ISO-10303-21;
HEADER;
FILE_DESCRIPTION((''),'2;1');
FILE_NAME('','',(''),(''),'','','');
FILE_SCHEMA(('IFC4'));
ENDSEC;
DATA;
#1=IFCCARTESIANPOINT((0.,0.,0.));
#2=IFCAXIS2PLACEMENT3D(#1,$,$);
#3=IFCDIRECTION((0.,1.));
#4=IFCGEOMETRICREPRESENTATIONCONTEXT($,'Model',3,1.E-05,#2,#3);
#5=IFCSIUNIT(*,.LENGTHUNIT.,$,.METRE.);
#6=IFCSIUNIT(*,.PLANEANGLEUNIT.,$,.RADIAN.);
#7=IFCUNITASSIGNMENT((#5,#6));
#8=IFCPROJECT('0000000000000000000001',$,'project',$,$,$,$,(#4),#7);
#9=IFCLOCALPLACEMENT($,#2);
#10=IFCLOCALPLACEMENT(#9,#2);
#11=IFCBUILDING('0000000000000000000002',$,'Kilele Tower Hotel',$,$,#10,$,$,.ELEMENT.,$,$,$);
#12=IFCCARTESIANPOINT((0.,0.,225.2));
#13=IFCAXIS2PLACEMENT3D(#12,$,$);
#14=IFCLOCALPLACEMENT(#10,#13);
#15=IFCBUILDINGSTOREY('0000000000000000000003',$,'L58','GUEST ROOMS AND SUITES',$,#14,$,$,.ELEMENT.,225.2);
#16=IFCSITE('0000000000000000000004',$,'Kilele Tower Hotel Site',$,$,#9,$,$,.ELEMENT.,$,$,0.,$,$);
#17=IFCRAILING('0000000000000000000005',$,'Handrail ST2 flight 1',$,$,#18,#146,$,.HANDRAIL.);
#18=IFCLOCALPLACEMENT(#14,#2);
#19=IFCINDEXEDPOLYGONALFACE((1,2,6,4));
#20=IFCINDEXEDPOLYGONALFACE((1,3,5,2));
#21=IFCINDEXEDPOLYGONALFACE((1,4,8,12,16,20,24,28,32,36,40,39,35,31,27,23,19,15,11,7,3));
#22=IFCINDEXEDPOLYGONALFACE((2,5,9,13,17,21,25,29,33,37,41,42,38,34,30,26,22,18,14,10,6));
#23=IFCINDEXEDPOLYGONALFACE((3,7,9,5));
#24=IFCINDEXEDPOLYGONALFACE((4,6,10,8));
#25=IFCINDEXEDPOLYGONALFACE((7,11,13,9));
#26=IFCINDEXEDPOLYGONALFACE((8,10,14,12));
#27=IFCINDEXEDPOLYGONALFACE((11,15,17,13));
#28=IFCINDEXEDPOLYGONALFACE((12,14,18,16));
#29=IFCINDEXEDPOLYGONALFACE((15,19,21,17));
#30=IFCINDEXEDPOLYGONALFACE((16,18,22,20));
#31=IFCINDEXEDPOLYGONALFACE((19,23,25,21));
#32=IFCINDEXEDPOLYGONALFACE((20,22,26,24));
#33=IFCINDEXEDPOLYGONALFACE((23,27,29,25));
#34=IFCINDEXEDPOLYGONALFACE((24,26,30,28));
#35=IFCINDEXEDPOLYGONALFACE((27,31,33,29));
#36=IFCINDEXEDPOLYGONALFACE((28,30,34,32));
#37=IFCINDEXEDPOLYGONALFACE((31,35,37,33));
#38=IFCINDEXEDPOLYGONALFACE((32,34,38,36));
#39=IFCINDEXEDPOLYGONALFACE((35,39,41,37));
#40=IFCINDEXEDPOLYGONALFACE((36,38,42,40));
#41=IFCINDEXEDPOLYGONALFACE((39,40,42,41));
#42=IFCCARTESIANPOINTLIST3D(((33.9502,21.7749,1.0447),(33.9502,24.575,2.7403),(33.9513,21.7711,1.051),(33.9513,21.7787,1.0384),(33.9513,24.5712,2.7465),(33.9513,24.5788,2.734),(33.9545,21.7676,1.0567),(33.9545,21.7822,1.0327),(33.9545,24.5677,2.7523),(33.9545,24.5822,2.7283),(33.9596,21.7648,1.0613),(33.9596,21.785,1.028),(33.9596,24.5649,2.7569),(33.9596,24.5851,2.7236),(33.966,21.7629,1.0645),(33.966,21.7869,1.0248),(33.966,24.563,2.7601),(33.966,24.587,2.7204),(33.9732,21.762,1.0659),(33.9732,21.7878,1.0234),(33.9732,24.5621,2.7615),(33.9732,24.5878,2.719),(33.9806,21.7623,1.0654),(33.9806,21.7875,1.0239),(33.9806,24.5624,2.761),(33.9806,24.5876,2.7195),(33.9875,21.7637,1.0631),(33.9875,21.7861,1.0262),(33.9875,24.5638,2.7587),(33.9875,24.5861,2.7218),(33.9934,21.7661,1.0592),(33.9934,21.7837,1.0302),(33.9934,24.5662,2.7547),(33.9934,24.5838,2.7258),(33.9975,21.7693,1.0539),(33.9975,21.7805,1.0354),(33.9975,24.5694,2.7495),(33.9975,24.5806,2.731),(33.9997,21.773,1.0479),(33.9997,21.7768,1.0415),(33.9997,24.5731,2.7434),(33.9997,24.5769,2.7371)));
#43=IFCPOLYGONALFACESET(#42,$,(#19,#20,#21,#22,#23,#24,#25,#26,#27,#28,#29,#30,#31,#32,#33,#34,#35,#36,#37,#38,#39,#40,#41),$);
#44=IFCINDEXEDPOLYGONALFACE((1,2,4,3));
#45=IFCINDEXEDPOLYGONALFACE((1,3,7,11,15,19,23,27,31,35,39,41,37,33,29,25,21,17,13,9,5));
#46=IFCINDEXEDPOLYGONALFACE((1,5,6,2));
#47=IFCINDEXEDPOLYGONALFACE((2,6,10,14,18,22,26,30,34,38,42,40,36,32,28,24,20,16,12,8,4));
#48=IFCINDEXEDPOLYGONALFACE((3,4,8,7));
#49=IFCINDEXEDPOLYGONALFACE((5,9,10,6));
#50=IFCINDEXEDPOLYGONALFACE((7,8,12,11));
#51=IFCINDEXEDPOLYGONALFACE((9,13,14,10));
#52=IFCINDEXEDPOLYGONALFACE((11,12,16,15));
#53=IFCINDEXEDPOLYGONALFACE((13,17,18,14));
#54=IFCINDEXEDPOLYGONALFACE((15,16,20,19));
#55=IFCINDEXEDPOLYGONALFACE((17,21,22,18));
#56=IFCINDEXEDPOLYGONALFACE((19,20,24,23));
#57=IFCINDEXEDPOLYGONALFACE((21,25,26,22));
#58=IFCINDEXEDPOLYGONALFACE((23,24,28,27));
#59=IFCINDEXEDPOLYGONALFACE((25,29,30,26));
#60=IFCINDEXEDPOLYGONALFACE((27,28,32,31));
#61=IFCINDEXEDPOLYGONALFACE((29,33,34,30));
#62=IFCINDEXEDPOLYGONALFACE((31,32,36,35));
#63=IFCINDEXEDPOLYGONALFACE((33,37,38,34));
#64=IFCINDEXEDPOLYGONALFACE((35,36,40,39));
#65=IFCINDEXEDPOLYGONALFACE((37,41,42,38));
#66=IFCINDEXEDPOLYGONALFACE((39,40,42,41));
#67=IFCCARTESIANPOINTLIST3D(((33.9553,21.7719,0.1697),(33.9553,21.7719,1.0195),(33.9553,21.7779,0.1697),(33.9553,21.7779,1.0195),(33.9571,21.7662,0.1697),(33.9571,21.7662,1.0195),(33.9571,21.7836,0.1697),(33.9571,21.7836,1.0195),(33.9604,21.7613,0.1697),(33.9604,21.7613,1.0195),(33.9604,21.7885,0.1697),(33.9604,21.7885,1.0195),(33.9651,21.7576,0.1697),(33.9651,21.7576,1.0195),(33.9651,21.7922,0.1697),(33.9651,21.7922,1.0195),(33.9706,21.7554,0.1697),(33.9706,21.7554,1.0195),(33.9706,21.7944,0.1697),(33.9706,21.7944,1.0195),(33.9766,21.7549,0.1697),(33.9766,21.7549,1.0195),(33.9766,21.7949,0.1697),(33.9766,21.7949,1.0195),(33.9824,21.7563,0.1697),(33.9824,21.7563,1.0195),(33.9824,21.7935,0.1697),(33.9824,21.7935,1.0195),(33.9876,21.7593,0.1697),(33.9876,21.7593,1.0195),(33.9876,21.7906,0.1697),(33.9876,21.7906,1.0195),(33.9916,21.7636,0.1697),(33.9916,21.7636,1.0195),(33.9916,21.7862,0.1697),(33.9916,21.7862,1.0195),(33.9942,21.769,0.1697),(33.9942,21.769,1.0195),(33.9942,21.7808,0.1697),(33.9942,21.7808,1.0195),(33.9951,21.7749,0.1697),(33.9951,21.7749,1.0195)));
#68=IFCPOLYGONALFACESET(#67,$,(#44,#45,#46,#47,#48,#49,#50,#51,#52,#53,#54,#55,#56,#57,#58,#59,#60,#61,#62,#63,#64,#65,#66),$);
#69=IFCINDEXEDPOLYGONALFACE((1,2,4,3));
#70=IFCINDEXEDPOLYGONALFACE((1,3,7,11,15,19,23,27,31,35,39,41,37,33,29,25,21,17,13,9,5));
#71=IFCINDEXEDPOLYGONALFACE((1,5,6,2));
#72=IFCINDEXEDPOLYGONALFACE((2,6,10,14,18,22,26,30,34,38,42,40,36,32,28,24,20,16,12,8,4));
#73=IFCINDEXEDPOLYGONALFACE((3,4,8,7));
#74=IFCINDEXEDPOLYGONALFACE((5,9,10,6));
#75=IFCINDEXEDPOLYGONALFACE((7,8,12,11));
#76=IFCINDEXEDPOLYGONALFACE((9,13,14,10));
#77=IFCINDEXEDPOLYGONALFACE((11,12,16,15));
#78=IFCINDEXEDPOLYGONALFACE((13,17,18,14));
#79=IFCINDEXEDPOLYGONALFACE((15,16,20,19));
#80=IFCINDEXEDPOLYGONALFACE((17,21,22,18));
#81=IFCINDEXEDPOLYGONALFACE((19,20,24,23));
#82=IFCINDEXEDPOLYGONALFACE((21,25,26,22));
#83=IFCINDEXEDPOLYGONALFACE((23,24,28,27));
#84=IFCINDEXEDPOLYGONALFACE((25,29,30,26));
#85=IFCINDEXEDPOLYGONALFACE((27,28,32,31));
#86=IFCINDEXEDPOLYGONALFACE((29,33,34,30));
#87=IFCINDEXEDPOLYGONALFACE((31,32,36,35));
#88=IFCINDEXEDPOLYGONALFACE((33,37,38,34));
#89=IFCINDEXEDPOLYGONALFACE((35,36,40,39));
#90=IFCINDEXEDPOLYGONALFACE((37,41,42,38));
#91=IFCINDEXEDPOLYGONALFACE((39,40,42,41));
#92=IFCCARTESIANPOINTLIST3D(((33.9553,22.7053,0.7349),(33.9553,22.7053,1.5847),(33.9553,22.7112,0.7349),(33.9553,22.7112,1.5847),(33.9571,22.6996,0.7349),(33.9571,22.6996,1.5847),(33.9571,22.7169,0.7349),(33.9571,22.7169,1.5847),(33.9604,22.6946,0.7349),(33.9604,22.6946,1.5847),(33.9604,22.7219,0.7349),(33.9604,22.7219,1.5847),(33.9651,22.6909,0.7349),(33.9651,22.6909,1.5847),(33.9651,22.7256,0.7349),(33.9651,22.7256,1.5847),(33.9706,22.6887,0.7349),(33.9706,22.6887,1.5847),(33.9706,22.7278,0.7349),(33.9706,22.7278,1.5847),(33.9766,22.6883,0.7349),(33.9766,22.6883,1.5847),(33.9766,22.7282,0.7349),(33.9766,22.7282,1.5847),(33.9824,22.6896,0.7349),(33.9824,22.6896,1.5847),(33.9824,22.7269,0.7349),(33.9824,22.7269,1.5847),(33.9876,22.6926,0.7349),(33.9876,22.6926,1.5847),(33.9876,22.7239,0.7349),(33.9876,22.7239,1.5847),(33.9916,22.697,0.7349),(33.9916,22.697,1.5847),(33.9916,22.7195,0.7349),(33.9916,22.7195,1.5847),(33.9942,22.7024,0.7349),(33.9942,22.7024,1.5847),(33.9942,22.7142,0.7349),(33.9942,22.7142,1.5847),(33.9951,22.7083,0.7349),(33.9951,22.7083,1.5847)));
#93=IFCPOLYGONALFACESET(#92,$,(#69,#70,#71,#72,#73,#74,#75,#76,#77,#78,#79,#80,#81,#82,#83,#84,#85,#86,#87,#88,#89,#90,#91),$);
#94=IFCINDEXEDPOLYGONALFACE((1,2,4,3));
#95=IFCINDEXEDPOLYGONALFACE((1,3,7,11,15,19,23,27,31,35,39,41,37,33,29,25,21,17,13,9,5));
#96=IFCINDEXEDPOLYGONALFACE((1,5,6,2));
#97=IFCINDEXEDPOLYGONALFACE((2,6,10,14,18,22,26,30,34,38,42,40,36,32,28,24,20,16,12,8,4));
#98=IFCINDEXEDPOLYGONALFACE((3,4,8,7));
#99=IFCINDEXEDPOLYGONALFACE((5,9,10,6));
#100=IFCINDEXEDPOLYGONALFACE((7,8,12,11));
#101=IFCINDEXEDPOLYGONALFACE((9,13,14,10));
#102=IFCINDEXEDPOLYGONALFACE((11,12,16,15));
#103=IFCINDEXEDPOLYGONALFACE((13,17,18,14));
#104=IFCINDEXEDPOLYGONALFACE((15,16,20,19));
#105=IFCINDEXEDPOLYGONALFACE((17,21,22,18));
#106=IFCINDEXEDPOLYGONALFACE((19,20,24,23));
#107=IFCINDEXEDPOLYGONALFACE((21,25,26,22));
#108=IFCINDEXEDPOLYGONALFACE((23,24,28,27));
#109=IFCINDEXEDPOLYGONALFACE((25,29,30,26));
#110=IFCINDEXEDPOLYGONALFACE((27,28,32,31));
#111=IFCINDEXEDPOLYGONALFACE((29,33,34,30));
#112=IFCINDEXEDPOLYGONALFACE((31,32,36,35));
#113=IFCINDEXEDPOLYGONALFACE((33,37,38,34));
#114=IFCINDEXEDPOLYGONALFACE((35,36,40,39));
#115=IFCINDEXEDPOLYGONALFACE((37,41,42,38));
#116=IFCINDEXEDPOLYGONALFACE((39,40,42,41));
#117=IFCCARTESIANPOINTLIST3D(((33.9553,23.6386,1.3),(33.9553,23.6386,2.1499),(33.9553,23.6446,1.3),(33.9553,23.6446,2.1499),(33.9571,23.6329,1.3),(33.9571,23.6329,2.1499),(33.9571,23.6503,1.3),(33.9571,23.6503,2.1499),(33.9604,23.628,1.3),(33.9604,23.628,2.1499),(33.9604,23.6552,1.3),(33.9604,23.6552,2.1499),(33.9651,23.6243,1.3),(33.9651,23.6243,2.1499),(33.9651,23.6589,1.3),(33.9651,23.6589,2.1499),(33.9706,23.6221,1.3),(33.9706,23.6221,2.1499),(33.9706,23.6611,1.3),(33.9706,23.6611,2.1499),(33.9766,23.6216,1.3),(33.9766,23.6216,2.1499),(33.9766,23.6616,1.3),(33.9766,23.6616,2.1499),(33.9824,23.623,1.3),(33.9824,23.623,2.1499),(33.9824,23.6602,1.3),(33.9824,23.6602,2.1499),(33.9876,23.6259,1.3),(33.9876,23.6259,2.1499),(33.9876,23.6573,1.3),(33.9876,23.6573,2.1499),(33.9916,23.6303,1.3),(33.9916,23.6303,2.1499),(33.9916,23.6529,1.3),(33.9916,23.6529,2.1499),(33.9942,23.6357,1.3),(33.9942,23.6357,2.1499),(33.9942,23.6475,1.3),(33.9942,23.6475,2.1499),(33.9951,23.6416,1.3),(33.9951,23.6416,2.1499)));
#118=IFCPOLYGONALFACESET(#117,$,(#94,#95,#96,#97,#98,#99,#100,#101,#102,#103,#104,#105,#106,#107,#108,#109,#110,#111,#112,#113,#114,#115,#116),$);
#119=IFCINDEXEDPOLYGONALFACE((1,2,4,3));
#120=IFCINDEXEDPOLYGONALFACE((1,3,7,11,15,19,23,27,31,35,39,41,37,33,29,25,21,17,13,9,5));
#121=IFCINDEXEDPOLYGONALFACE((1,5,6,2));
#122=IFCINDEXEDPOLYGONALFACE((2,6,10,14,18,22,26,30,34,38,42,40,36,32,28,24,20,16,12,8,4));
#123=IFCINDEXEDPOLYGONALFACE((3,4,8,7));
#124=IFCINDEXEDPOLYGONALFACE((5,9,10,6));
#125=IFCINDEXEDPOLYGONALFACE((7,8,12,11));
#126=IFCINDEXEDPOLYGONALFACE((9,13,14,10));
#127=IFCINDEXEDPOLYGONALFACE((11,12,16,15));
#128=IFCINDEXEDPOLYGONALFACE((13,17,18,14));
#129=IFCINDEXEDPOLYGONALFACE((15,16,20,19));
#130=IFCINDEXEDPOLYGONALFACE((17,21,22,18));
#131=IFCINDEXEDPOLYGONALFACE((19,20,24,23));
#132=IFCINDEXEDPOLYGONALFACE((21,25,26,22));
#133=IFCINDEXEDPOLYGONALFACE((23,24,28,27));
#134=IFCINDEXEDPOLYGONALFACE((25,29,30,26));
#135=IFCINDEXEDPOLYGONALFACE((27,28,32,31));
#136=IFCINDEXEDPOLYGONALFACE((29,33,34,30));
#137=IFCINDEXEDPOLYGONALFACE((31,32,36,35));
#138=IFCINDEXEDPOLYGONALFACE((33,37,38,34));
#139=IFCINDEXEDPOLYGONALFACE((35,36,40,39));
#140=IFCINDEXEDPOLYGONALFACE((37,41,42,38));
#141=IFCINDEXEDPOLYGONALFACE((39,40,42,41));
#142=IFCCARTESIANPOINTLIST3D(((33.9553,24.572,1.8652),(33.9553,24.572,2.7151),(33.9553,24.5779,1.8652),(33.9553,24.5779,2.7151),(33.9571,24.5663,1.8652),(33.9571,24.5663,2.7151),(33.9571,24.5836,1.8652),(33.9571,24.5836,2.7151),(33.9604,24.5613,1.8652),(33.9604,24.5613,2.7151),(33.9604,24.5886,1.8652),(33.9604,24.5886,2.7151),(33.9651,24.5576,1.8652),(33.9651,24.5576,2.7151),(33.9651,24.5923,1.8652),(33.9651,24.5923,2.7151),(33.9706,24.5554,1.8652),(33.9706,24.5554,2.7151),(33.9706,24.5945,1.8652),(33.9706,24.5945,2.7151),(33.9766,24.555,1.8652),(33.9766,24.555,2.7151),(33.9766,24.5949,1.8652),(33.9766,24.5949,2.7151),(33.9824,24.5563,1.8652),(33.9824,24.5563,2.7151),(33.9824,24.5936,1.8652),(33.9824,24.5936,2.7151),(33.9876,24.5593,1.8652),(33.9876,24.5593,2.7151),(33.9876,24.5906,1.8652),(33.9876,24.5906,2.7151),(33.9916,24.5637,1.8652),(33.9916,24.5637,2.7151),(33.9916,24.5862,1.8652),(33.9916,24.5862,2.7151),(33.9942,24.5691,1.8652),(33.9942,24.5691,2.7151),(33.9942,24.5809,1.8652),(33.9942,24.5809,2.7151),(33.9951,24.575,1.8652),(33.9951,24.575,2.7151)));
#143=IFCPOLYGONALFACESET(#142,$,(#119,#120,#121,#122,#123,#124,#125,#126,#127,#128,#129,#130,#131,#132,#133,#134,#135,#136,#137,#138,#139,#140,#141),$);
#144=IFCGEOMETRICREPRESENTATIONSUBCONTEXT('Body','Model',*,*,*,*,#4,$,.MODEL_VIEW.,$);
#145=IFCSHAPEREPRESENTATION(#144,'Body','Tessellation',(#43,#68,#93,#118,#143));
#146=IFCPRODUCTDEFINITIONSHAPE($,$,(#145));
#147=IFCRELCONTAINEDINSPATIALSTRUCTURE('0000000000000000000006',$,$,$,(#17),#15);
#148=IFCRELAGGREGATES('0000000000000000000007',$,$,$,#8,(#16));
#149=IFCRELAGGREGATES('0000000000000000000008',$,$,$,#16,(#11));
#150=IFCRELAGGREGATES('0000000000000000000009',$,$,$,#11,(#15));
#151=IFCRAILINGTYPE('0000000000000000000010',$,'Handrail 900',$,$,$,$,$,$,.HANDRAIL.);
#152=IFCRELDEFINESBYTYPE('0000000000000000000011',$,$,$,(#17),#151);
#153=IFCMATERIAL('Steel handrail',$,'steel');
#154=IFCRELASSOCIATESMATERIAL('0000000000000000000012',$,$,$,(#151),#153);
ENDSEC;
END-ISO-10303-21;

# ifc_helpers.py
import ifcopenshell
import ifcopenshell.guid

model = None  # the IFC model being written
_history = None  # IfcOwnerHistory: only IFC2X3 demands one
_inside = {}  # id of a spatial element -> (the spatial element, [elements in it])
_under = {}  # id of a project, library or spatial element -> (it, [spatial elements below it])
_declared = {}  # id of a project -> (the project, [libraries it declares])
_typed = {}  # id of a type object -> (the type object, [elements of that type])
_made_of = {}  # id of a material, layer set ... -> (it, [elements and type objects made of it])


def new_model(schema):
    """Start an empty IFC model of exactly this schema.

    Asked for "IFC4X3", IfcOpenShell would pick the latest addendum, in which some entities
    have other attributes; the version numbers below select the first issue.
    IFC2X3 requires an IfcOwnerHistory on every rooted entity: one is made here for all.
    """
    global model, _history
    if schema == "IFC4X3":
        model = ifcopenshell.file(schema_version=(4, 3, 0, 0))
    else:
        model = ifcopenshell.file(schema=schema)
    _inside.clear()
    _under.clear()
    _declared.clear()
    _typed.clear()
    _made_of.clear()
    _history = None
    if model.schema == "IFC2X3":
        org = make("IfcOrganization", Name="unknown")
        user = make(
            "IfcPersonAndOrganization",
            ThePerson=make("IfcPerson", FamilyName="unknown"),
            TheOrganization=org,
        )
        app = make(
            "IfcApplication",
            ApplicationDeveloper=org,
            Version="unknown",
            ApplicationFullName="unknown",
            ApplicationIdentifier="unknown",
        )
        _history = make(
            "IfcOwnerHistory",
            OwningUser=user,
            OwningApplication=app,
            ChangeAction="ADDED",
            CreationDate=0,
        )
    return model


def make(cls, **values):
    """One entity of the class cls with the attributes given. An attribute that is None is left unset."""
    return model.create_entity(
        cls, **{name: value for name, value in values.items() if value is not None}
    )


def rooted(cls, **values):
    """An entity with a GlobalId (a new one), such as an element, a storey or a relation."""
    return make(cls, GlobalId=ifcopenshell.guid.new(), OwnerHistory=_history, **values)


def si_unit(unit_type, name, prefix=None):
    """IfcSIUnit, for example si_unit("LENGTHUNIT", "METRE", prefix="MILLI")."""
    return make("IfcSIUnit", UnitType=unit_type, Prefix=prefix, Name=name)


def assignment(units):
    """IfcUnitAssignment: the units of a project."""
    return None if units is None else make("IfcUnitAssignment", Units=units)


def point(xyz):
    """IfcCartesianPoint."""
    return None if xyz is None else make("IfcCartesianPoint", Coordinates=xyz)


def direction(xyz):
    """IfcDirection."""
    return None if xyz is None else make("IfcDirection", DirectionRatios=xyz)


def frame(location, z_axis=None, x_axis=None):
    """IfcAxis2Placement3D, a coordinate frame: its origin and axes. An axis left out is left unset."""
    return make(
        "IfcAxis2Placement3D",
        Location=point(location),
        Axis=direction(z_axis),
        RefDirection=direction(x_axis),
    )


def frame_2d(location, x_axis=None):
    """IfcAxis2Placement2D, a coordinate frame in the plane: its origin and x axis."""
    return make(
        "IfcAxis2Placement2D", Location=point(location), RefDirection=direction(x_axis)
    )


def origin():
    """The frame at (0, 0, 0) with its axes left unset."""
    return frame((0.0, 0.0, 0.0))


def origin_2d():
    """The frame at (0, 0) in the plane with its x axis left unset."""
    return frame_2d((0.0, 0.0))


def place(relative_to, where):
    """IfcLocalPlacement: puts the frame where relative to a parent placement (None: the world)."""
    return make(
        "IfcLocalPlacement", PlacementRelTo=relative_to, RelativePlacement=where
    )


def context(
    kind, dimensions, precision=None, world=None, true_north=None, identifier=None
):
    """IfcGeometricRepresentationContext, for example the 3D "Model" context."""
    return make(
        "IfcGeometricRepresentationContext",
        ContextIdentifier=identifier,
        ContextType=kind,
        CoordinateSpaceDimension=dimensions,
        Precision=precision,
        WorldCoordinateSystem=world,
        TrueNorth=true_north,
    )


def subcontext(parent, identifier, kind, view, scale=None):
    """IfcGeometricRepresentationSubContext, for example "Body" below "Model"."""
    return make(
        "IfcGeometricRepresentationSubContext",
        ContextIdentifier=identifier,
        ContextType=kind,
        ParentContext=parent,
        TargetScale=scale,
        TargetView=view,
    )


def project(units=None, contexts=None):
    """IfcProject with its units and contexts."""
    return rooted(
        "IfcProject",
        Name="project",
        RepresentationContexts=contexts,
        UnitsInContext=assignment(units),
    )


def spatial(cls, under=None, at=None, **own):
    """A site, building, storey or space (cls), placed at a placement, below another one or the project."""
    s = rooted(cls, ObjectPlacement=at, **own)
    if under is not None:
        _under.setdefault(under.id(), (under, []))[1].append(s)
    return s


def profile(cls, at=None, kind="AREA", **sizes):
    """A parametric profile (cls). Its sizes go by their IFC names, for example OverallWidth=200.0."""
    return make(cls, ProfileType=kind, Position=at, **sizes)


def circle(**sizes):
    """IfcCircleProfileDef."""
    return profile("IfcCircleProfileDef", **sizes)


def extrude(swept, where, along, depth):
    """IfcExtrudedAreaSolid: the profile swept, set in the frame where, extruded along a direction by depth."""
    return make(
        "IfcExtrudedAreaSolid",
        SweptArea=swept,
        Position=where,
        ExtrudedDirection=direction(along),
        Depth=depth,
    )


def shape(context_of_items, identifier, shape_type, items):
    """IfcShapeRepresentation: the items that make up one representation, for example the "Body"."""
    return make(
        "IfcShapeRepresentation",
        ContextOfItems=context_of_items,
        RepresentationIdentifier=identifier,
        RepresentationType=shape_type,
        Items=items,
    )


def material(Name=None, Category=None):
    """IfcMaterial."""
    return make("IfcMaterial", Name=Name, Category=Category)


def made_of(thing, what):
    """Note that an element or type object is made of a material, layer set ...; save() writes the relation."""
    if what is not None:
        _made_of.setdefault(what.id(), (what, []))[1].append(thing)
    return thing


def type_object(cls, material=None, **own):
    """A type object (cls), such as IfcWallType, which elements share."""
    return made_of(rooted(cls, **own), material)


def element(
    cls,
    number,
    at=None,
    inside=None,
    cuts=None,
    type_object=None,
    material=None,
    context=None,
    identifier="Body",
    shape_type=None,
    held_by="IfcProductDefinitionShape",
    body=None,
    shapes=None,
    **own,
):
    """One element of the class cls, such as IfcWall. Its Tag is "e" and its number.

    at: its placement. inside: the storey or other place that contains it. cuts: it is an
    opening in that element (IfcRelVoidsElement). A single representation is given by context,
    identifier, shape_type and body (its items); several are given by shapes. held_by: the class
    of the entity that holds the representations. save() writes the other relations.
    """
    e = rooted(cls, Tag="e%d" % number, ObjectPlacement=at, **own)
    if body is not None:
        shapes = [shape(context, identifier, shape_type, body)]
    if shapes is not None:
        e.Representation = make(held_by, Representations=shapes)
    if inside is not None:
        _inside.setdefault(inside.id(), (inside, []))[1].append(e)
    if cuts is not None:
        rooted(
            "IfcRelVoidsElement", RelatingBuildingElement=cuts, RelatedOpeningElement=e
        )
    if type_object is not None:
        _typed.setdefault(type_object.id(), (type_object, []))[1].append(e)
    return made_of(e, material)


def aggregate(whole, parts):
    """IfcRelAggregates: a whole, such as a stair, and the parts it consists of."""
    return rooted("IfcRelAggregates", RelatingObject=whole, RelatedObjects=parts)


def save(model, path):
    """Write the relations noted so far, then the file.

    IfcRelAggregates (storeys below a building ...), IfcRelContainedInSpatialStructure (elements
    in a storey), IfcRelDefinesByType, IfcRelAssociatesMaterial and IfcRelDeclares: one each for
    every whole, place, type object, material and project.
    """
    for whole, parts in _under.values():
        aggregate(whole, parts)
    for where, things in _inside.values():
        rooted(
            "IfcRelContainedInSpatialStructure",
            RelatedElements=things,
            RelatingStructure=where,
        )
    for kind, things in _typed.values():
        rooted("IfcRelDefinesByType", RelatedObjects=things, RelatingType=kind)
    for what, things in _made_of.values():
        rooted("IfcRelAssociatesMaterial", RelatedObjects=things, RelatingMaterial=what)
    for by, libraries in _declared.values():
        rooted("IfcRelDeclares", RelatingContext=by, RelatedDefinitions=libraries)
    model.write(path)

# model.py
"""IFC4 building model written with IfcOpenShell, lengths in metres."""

from ifc_helpers import new_model, si_unit, direction, frame, origin, origin_2d, place, context, subcontext, project, spatial, circle, extrude, material, type_object, element, save


model = new_model("IFC4")

# Units and contexts
model_context = context("Model", 3, precision=1e-05, world=origin(), true_north=direction((0.0, 1.0)))
body_context = subcontext(model_context, "Body", "Model", "MODEL_VIEW")
ifc_project = project(units=[si_unit("LENGTHUNIT", "METRE"), si_unit("PLANEANGLEUNIT", "RADIAN")], contexts=[model_context])

# Site, building, storey
site_placement = place(None, origin())
site = spatial("IfcSite", under=ifc_project, at=site_placement, Name="Kilele Tower Hotel Site", CompositionType="ELEMENT", RefElevation=0.0)
building_placement = place(site_placement, origin())
building = spatial("IfcBuilding", under=site, at=building_placement, Name="Kilele Tower Hotel", CompositionType="ELEMENT")
storey_placement = place(building_placement, frame((0.0, 0.0, 225.2)))
storey = spatial("IfcBuildingStorey", under=building, at=storey_placement, Name="L58", Description="GUEST ROOMS AND SUITES", CompositionType="ELEMENT", Elevation=225.2)

# Railing
ifc_material_1 = material(Name="Steel handrail", Category="steel")
railing_type_1 = type_object("IfcRailingType", Name="Handrail 900", PredefinedType="HANDRAIL", material=ifc_material_1)
for number, where, name in (
    (1, (33.9751, 21.7749, 0.1697), "Handrail ST2 flight 1"),
):
    element("IfcRailing", number, at=place(storey_placement, frame(where)), inside=storey, type_object=railing_type_1, Name=name, PredefinedType="HANDRAIL", context=body_context, shape_type="SweptSolid", body=[
        extrude(circle(Radius=0.0249, at=origin_2d()), frame((0.0, 0.0, 0.875), z_axis=(0.0, 0.855393, 0.517979), x_axis=(-1.0, 0.0, 0.0)), (0.0, 0.0, 1.0), 3.2734),
        extrude(circle(Radius=0.02, at=origin_2d()), origin(), (0.0, 0.0, 1.0), 0.8499),
        extrude(circle(Radius=0.02, at=origin_2d()), frame((0.0, 0.9333, 0.5652)), (0.0, 0.0, 1.0), 0.8499),
        extrude(circle(Radius=0.02, at=origin_2d()), frame((0.0, 1.8667, 1.1304)), (0.0, 0.0, 1.0), 0.8499),
        extrude(circle(Radius=0.02, at=origin_2d()), frame((0.0, 2.8, 1.6956)), (0.0, 0.0, 1.0), 0.8499),
    ])

save(model, "model.ifc")
